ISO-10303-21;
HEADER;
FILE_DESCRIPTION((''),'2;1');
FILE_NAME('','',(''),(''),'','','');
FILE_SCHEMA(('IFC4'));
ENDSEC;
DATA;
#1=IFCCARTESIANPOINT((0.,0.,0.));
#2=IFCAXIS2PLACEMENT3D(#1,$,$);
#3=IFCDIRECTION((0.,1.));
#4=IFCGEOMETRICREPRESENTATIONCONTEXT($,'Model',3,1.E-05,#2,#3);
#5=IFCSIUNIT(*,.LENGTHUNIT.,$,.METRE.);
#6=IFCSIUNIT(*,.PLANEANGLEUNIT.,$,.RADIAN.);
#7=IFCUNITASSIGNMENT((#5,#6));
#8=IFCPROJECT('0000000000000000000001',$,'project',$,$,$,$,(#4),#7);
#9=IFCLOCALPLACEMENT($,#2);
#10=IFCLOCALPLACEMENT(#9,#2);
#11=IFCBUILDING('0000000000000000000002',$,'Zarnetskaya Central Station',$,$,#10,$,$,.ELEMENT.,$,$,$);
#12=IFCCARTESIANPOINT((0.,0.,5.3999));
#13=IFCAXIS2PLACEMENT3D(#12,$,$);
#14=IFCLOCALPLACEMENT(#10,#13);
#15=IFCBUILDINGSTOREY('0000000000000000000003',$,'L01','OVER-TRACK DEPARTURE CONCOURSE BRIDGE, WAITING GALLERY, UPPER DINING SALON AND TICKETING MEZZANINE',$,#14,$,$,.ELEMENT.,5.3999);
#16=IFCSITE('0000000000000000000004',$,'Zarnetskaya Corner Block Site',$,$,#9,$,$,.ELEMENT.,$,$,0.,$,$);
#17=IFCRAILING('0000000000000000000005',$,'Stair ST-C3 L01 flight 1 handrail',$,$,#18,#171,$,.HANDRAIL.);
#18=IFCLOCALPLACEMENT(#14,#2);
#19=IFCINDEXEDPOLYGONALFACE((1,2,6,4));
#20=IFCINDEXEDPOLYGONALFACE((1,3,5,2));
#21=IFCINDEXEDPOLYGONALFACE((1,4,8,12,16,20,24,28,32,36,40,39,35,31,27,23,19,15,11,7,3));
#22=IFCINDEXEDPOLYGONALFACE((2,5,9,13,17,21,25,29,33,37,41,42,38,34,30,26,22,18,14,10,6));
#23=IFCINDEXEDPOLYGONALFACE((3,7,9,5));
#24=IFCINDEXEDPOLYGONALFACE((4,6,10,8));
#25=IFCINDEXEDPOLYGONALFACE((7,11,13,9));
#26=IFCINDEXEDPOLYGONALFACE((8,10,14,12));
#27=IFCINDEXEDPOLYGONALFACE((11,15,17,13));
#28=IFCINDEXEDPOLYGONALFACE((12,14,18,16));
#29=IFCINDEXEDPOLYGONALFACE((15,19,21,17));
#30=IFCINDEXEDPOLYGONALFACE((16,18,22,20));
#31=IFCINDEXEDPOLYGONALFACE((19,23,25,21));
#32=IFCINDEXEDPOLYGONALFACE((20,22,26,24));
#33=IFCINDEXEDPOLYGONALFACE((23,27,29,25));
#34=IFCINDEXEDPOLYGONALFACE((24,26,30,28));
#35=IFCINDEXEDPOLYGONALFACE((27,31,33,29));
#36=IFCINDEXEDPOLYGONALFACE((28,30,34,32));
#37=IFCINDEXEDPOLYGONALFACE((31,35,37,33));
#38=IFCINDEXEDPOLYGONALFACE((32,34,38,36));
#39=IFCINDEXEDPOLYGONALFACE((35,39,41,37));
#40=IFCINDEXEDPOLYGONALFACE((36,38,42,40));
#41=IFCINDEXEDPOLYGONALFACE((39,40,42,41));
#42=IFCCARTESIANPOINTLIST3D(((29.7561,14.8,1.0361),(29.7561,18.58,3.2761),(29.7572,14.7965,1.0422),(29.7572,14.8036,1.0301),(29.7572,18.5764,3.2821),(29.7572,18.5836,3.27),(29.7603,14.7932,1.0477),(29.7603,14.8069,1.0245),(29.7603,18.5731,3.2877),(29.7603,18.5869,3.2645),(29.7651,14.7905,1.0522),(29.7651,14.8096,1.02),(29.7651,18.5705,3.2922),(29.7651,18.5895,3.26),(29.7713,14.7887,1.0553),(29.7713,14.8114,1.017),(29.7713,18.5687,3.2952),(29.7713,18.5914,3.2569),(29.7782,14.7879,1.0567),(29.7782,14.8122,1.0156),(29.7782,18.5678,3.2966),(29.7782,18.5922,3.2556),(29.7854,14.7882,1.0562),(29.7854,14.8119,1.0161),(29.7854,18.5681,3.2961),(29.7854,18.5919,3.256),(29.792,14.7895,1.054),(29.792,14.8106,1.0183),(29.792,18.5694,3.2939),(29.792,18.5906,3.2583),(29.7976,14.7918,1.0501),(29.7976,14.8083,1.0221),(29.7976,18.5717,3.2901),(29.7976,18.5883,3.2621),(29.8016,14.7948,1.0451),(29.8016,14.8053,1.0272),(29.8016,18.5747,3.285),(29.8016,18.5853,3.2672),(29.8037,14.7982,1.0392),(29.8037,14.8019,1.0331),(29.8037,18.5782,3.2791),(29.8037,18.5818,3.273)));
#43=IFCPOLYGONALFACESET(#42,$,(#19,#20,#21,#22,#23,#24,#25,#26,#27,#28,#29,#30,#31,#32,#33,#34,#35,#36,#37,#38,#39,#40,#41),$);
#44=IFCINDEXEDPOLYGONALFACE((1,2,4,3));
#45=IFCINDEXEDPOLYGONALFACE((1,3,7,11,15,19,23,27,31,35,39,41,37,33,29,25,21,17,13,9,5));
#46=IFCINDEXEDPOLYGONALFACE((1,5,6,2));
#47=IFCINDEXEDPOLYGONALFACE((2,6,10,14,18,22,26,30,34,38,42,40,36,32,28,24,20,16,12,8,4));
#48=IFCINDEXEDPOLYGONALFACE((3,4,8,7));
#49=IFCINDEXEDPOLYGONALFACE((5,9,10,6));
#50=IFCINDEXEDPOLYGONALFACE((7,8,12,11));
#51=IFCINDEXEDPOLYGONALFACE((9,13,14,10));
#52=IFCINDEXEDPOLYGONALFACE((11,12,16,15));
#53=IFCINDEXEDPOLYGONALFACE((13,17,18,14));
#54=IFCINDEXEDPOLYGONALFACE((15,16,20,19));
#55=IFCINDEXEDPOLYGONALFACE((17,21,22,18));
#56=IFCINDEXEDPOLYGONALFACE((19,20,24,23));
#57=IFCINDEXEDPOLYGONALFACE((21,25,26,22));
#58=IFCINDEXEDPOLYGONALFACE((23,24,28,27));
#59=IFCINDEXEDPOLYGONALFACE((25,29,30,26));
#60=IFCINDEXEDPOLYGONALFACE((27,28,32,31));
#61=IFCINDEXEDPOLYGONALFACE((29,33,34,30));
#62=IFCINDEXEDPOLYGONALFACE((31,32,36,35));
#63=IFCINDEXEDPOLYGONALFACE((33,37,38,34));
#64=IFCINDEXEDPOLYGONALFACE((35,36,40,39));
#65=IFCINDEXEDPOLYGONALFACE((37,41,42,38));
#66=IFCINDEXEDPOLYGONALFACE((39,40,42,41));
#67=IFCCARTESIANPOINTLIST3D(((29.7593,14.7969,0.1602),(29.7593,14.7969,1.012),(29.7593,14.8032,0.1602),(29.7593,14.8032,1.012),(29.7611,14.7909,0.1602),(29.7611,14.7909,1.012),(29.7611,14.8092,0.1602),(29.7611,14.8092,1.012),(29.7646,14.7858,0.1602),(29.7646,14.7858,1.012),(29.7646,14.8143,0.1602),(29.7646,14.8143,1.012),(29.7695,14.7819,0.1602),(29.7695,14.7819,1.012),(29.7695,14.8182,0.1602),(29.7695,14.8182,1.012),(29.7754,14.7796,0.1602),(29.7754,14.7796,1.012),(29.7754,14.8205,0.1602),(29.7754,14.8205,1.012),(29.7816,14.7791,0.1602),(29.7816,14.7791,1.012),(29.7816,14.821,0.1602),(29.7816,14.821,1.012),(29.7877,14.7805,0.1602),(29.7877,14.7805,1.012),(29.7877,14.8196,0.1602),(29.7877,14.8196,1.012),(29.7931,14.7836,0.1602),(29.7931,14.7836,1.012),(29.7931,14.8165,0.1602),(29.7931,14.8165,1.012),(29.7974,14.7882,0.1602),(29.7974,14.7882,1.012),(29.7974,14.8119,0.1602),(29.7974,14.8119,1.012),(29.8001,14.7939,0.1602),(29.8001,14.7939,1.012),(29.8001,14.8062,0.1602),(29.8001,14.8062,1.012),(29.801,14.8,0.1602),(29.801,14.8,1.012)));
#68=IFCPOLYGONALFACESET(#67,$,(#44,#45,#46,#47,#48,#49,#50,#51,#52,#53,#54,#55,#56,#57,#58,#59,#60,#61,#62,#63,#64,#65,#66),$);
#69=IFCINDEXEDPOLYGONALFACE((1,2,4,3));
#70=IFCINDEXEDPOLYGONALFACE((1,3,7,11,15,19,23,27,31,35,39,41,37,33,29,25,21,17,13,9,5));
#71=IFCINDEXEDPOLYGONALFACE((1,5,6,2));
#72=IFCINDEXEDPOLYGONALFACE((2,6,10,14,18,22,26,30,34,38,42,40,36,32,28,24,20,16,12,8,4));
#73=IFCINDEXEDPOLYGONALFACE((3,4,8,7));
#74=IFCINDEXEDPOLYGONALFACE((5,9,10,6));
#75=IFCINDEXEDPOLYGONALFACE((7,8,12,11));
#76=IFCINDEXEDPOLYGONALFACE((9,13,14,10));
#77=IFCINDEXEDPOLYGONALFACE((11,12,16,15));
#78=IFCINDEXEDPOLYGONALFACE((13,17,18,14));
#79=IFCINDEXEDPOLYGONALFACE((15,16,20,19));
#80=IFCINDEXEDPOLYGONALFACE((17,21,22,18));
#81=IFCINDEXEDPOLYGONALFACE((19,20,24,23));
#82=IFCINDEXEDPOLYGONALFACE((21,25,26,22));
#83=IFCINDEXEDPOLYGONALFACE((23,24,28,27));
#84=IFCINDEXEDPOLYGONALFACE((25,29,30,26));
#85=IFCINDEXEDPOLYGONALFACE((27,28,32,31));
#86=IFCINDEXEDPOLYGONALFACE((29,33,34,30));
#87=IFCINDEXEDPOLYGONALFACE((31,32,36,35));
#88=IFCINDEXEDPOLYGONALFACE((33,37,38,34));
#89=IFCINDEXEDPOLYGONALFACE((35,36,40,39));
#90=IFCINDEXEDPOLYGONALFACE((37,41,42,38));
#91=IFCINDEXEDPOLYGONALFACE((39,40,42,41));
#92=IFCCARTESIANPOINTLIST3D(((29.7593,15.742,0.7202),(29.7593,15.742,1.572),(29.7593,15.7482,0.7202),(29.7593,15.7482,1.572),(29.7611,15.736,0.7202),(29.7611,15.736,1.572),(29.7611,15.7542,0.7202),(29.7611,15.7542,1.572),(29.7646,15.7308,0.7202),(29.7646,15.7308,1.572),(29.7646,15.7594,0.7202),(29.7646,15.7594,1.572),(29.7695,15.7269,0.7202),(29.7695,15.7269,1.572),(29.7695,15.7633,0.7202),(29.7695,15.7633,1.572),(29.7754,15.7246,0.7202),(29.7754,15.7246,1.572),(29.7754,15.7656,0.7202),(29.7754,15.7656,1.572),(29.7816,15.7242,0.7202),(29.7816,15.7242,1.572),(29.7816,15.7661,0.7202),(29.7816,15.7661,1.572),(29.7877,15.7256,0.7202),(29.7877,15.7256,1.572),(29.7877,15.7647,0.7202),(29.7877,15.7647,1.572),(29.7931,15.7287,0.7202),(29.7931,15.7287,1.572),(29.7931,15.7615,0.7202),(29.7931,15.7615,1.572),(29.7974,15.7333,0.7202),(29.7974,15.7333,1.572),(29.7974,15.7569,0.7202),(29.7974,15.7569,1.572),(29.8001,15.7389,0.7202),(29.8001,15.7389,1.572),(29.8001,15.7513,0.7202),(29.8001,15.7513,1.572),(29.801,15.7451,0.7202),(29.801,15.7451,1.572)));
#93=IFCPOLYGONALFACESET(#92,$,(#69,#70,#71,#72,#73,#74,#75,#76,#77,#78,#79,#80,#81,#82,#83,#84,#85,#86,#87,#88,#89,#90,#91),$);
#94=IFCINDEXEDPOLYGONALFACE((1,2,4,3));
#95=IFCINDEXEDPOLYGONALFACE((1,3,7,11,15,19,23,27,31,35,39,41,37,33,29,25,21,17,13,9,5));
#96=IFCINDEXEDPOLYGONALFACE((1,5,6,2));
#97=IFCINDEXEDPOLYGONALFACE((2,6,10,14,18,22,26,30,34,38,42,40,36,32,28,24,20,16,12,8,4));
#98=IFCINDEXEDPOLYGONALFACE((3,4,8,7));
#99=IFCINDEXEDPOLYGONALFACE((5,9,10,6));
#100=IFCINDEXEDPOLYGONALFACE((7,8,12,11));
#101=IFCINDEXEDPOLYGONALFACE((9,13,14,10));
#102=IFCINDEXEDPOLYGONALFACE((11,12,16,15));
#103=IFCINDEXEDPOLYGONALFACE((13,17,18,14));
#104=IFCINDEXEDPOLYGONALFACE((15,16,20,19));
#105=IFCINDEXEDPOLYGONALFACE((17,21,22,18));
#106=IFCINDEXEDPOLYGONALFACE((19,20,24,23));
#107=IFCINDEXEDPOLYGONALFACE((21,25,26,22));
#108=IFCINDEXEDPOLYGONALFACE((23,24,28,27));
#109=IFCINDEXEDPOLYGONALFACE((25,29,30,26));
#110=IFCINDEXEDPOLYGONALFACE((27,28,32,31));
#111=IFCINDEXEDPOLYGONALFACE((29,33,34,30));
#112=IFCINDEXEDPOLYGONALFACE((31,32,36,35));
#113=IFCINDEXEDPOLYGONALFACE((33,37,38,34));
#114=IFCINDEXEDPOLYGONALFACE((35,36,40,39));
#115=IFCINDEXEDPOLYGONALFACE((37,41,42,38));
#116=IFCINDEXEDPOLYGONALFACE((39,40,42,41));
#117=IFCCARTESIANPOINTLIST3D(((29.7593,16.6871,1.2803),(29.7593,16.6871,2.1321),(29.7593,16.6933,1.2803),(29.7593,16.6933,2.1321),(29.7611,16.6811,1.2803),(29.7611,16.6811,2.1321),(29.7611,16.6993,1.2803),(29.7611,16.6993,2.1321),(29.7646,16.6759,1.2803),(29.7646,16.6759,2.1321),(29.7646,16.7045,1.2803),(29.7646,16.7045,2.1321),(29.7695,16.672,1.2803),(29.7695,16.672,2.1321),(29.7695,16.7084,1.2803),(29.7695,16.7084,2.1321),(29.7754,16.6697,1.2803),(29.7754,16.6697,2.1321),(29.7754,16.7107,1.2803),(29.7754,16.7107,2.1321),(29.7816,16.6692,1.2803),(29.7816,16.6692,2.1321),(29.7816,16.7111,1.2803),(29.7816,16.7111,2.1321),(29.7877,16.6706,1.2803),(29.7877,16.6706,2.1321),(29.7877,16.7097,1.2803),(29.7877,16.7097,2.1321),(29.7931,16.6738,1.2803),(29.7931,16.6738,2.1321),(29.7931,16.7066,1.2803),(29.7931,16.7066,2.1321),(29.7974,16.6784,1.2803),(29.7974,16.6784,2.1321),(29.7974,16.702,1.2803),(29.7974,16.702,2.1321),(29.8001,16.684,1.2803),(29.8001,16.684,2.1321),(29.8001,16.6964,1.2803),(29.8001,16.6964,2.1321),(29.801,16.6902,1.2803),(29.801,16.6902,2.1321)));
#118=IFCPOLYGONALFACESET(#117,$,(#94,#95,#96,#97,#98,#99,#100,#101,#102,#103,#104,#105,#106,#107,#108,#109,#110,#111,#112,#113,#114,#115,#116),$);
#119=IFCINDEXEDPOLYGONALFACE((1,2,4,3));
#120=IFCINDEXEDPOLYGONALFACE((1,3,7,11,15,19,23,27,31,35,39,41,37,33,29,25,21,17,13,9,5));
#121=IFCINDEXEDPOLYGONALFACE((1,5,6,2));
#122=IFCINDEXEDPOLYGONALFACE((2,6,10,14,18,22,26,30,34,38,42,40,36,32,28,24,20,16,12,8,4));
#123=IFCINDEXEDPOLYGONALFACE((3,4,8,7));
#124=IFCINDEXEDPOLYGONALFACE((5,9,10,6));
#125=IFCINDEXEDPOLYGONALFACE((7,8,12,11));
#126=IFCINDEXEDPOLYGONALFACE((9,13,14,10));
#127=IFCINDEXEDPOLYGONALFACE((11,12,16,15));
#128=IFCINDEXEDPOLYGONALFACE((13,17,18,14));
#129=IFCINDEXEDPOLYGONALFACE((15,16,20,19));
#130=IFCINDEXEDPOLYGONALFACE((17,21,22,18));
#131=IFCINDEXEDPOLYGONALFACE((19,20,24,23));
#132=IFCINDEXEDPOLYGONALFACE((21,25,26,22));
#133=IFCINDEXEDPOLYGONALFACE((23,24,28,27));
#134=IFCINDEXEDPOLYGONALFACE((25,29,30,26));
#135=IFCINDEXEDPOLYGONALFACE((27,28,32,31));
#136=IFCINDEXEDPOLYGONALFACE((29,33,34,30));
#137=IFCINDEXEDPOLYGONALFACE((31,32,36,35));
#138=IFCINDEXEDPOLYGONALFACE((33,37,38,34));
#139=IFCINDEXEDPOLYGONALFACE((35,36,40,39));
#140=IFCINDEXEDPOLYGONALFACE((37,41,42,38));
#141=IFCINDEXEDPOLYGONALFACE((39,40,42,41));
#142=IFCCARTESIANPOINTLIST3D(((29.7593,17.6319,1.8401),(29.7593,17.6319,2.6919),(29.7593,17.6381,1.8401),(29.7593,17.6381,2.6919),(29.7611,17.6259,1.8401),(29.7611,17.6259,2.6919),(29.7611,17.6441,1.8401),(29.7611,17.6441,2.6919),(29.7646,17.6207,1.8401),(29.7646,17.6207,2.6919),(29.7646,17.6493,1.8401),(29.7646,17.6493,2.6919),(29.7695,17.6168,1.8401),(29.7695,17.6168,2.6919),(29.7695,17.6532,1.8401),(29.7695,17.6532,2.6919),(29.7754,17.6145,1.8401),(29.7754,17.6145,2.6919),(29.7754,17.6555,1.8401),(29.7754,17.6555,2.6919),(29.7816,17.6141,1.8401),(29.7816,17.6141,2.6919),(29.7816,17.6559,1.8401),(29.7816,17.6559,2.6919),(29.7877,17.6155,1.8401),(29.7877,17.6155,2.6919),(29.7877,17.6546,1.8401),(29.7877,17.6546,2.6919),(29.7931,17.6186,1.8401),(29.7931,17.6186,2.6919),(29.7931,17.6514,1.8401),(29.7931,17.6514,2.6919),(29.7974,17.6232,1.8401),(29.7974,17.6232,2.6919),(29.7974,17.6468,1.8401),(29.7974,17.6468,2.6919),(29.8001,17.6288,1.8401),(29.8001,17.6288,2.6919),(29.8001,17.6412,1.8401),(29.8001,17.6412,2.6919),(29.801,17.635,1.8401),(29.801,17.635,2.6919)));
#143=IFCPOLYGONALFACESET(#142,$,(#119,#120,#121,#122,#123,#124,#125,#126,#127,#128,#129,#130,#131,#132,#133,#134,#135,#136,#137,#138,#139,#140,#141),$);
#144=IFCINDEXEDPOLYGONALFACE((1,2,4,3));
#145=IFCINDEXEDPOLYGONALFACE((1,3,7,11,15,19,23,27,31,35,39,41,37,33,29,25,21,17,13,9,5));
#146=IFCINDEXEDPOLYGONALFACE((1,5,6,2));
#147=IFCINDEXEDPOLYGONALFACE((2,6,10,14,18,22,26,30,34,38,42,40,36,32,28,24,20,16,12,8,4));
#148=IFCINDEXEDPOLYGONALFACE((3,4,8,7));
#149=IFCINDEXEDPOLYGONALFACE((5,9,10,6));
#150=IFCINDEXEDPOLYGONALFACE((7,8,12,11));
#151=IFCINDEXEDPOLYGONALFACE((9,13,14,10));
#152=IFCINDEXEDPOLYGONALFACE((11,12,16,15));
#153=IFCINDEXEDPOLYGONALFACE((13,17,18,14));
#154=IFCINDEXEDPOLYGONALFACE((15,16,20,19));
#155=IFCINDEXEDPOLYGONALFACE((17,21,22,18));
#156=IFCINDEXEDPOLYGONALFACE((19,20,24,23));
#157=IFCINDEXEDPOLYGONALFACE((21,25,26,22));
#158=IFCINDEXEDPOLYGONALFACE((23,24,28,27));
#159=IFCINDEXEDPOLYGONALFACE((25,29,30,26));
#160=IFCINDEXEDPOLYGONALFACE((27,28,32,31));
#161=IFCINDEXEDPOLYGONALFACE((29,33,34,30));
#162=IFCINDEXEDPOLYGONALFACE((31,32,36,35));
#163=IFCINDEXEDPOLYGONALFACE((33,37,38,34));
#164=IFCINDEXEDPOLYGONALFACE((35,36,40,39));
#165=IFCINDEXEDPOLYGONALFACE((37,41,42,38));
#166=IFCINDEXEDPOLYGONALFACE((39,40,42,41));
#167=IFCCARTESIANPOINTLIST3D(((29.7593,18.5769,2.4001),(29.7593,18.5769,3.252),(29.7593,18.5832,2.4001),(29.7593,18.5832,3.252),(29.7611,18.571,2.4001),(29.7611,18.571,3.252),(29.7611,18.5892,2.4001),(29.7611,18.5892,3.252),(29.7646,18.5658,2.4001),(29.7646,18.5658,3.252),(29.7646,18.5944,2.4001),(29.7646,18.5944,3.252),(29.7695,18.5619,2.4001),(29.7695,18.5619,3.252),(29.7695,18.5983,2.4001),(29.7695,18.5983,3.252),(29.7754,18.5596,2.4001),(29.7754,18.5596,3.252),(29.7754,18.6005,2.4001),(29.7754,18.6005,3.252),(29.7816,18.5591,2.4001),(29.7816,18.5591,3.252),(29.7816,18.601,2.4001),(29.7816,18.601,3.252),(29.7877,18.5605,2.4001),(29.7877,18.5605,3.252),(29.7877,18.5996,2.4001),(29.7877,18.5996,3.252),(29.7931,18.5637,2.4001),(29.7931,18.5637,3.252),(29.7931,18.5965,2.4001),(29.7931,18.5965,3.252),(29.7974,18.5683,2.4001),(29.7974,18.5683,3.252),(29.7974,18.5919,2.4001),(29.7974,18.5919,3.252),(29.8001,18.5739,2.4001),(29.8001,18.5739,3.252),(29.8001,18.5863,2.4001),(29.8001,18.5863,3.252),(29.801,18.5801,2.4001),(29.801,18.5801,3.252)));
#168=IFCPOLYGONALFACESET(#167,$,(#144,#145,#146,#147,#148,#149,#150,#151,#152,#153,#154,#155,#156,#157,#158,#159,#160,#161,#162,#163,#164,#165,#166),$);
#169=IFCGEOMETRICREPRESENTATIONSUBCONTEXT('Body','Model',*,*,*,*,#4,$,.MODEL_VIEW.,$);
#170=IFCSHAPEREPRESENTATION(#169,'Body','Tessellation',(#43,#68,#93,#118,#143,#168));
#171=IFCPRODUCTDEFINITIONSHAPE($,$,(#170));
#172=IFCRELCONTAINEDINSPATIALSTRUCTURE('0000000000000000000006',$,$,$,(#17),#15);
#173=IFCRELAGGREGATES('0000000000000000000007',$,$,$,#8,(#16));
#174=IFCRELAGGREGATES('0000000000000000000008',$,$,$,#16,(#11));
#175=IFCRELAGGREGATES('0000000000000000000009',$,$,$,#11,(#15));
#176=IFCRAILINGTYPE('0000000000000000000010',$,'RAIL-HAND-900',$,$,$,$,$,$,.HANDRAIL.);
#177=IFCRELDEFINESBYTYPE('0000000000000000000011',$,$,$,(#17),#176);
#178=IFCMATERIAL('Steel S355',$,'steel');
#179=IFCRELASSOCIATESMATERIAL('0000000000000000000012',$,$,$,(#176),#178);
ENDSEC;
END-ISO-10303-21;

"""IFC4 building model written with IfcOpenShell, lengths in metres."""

from ifc_helpers import new_model, si_unit, direction, frame, origin, origin_2d, place, context, subcontext, project, spatial, circle, extrude, material, type_object, element, save


model = new_model("IFC4")

# Units and contexts
model_context = context("Model", 3, precision=1e-05, world=origin(), true_north=direction((0.0, 1.0)))
body_context = subcontext(model_context, "Body", "Model", "MODEL_VIEW")
ifc_project = project(units=[si_unit("LENGTHUNIT", "METRE"), si_unit("PLANEANGLEUNIT", "RADIAN")], contexts=[model_context])

# Site, building, storey
site_placement = place(None, origin())
site = spatial("IfcSite", under=ifc_project, at=site_placement, Name="Zarnetskaya Corner Block Site", CompositionType="ELEMENT", RefElevation=0.0)
building_placement = place(site_placement, origin())
building = spatial("IfcBuilding", under=site, at=building_placement, Name="Zarnetskaya Central Station", CompositionType="ELEMENT")
storey_placement = place(building_placement, frame((0.0, 0.0, 5.3999)))
storey = spatial("IfcBuildingStorey", under=building, at=storey_placement, Name="L01", Description="OVER-TRACK DEPARTURE CONCOURSE BRIDGE, WAITING GALLERY, UPPER DINING SALON AND TICKETING MEZZANINE", CompositionType="ELEMENT", Elevation=5.3999)

# Shared definitions
ifc_material_1 = material(Name="Steel S355", Category="steel")

# Railing
railing_type_1 = type_object("IfcRailingType", Name="RAIL-HAND-900", PredefinedType="HANDRAIL", material=ifc_material_1)
railing_1_placement = place(storey_placement, frame((29.78, 14.8, 0.1602)))
element("IfcRailing", 1, at=railing_1_placement, inside=storey, type_object=railing_type_1, Name="Stair ST-C3 L01 flight 1 handrail", PredefinedType="HANDRAIL", context=body_context, shape_type="SweptSolid", body=[
    extrude(circle(Radius=0.0239, at=origin_2d()), frame((0.0, 0.0, 0.876), z_axis=(0.0, 0.860294, 0.509798), x_axis=(-1.0, 0.0, 0.0)), (0.0, 0.0, 1.0), 4.3938),
    extrude(circle(Radius=0.021, at=origin_2d()), origin(), (0.0, 0.0, 1.0), 0.8518),
    extrude(circle(Radius=0.021, at=origin_2d()), frame((0.0, 0.9451, 0.5601)), (0.0, 0.0, 1.0), 0.8518),
    extrude(circle(Radius=0.021, at=origin_2d()), frame((0.0, 1.8901, 1.1201)), (0.0, 0.0, 1.0), 0.8518),
    extrude(circle(Radius=0.021, at=origin_2d()), frame((0.0, 2.835, 1.6799)), (0.0, 0.0, 1.0), 0.8518),
    extrude(circle(Radius=0.021, at=origin_2d()), frame((0.0, 3.78, 2.24)), (0.0, 0.0, 1.0), 0.8518),
])

save(model, "model.ifc")
